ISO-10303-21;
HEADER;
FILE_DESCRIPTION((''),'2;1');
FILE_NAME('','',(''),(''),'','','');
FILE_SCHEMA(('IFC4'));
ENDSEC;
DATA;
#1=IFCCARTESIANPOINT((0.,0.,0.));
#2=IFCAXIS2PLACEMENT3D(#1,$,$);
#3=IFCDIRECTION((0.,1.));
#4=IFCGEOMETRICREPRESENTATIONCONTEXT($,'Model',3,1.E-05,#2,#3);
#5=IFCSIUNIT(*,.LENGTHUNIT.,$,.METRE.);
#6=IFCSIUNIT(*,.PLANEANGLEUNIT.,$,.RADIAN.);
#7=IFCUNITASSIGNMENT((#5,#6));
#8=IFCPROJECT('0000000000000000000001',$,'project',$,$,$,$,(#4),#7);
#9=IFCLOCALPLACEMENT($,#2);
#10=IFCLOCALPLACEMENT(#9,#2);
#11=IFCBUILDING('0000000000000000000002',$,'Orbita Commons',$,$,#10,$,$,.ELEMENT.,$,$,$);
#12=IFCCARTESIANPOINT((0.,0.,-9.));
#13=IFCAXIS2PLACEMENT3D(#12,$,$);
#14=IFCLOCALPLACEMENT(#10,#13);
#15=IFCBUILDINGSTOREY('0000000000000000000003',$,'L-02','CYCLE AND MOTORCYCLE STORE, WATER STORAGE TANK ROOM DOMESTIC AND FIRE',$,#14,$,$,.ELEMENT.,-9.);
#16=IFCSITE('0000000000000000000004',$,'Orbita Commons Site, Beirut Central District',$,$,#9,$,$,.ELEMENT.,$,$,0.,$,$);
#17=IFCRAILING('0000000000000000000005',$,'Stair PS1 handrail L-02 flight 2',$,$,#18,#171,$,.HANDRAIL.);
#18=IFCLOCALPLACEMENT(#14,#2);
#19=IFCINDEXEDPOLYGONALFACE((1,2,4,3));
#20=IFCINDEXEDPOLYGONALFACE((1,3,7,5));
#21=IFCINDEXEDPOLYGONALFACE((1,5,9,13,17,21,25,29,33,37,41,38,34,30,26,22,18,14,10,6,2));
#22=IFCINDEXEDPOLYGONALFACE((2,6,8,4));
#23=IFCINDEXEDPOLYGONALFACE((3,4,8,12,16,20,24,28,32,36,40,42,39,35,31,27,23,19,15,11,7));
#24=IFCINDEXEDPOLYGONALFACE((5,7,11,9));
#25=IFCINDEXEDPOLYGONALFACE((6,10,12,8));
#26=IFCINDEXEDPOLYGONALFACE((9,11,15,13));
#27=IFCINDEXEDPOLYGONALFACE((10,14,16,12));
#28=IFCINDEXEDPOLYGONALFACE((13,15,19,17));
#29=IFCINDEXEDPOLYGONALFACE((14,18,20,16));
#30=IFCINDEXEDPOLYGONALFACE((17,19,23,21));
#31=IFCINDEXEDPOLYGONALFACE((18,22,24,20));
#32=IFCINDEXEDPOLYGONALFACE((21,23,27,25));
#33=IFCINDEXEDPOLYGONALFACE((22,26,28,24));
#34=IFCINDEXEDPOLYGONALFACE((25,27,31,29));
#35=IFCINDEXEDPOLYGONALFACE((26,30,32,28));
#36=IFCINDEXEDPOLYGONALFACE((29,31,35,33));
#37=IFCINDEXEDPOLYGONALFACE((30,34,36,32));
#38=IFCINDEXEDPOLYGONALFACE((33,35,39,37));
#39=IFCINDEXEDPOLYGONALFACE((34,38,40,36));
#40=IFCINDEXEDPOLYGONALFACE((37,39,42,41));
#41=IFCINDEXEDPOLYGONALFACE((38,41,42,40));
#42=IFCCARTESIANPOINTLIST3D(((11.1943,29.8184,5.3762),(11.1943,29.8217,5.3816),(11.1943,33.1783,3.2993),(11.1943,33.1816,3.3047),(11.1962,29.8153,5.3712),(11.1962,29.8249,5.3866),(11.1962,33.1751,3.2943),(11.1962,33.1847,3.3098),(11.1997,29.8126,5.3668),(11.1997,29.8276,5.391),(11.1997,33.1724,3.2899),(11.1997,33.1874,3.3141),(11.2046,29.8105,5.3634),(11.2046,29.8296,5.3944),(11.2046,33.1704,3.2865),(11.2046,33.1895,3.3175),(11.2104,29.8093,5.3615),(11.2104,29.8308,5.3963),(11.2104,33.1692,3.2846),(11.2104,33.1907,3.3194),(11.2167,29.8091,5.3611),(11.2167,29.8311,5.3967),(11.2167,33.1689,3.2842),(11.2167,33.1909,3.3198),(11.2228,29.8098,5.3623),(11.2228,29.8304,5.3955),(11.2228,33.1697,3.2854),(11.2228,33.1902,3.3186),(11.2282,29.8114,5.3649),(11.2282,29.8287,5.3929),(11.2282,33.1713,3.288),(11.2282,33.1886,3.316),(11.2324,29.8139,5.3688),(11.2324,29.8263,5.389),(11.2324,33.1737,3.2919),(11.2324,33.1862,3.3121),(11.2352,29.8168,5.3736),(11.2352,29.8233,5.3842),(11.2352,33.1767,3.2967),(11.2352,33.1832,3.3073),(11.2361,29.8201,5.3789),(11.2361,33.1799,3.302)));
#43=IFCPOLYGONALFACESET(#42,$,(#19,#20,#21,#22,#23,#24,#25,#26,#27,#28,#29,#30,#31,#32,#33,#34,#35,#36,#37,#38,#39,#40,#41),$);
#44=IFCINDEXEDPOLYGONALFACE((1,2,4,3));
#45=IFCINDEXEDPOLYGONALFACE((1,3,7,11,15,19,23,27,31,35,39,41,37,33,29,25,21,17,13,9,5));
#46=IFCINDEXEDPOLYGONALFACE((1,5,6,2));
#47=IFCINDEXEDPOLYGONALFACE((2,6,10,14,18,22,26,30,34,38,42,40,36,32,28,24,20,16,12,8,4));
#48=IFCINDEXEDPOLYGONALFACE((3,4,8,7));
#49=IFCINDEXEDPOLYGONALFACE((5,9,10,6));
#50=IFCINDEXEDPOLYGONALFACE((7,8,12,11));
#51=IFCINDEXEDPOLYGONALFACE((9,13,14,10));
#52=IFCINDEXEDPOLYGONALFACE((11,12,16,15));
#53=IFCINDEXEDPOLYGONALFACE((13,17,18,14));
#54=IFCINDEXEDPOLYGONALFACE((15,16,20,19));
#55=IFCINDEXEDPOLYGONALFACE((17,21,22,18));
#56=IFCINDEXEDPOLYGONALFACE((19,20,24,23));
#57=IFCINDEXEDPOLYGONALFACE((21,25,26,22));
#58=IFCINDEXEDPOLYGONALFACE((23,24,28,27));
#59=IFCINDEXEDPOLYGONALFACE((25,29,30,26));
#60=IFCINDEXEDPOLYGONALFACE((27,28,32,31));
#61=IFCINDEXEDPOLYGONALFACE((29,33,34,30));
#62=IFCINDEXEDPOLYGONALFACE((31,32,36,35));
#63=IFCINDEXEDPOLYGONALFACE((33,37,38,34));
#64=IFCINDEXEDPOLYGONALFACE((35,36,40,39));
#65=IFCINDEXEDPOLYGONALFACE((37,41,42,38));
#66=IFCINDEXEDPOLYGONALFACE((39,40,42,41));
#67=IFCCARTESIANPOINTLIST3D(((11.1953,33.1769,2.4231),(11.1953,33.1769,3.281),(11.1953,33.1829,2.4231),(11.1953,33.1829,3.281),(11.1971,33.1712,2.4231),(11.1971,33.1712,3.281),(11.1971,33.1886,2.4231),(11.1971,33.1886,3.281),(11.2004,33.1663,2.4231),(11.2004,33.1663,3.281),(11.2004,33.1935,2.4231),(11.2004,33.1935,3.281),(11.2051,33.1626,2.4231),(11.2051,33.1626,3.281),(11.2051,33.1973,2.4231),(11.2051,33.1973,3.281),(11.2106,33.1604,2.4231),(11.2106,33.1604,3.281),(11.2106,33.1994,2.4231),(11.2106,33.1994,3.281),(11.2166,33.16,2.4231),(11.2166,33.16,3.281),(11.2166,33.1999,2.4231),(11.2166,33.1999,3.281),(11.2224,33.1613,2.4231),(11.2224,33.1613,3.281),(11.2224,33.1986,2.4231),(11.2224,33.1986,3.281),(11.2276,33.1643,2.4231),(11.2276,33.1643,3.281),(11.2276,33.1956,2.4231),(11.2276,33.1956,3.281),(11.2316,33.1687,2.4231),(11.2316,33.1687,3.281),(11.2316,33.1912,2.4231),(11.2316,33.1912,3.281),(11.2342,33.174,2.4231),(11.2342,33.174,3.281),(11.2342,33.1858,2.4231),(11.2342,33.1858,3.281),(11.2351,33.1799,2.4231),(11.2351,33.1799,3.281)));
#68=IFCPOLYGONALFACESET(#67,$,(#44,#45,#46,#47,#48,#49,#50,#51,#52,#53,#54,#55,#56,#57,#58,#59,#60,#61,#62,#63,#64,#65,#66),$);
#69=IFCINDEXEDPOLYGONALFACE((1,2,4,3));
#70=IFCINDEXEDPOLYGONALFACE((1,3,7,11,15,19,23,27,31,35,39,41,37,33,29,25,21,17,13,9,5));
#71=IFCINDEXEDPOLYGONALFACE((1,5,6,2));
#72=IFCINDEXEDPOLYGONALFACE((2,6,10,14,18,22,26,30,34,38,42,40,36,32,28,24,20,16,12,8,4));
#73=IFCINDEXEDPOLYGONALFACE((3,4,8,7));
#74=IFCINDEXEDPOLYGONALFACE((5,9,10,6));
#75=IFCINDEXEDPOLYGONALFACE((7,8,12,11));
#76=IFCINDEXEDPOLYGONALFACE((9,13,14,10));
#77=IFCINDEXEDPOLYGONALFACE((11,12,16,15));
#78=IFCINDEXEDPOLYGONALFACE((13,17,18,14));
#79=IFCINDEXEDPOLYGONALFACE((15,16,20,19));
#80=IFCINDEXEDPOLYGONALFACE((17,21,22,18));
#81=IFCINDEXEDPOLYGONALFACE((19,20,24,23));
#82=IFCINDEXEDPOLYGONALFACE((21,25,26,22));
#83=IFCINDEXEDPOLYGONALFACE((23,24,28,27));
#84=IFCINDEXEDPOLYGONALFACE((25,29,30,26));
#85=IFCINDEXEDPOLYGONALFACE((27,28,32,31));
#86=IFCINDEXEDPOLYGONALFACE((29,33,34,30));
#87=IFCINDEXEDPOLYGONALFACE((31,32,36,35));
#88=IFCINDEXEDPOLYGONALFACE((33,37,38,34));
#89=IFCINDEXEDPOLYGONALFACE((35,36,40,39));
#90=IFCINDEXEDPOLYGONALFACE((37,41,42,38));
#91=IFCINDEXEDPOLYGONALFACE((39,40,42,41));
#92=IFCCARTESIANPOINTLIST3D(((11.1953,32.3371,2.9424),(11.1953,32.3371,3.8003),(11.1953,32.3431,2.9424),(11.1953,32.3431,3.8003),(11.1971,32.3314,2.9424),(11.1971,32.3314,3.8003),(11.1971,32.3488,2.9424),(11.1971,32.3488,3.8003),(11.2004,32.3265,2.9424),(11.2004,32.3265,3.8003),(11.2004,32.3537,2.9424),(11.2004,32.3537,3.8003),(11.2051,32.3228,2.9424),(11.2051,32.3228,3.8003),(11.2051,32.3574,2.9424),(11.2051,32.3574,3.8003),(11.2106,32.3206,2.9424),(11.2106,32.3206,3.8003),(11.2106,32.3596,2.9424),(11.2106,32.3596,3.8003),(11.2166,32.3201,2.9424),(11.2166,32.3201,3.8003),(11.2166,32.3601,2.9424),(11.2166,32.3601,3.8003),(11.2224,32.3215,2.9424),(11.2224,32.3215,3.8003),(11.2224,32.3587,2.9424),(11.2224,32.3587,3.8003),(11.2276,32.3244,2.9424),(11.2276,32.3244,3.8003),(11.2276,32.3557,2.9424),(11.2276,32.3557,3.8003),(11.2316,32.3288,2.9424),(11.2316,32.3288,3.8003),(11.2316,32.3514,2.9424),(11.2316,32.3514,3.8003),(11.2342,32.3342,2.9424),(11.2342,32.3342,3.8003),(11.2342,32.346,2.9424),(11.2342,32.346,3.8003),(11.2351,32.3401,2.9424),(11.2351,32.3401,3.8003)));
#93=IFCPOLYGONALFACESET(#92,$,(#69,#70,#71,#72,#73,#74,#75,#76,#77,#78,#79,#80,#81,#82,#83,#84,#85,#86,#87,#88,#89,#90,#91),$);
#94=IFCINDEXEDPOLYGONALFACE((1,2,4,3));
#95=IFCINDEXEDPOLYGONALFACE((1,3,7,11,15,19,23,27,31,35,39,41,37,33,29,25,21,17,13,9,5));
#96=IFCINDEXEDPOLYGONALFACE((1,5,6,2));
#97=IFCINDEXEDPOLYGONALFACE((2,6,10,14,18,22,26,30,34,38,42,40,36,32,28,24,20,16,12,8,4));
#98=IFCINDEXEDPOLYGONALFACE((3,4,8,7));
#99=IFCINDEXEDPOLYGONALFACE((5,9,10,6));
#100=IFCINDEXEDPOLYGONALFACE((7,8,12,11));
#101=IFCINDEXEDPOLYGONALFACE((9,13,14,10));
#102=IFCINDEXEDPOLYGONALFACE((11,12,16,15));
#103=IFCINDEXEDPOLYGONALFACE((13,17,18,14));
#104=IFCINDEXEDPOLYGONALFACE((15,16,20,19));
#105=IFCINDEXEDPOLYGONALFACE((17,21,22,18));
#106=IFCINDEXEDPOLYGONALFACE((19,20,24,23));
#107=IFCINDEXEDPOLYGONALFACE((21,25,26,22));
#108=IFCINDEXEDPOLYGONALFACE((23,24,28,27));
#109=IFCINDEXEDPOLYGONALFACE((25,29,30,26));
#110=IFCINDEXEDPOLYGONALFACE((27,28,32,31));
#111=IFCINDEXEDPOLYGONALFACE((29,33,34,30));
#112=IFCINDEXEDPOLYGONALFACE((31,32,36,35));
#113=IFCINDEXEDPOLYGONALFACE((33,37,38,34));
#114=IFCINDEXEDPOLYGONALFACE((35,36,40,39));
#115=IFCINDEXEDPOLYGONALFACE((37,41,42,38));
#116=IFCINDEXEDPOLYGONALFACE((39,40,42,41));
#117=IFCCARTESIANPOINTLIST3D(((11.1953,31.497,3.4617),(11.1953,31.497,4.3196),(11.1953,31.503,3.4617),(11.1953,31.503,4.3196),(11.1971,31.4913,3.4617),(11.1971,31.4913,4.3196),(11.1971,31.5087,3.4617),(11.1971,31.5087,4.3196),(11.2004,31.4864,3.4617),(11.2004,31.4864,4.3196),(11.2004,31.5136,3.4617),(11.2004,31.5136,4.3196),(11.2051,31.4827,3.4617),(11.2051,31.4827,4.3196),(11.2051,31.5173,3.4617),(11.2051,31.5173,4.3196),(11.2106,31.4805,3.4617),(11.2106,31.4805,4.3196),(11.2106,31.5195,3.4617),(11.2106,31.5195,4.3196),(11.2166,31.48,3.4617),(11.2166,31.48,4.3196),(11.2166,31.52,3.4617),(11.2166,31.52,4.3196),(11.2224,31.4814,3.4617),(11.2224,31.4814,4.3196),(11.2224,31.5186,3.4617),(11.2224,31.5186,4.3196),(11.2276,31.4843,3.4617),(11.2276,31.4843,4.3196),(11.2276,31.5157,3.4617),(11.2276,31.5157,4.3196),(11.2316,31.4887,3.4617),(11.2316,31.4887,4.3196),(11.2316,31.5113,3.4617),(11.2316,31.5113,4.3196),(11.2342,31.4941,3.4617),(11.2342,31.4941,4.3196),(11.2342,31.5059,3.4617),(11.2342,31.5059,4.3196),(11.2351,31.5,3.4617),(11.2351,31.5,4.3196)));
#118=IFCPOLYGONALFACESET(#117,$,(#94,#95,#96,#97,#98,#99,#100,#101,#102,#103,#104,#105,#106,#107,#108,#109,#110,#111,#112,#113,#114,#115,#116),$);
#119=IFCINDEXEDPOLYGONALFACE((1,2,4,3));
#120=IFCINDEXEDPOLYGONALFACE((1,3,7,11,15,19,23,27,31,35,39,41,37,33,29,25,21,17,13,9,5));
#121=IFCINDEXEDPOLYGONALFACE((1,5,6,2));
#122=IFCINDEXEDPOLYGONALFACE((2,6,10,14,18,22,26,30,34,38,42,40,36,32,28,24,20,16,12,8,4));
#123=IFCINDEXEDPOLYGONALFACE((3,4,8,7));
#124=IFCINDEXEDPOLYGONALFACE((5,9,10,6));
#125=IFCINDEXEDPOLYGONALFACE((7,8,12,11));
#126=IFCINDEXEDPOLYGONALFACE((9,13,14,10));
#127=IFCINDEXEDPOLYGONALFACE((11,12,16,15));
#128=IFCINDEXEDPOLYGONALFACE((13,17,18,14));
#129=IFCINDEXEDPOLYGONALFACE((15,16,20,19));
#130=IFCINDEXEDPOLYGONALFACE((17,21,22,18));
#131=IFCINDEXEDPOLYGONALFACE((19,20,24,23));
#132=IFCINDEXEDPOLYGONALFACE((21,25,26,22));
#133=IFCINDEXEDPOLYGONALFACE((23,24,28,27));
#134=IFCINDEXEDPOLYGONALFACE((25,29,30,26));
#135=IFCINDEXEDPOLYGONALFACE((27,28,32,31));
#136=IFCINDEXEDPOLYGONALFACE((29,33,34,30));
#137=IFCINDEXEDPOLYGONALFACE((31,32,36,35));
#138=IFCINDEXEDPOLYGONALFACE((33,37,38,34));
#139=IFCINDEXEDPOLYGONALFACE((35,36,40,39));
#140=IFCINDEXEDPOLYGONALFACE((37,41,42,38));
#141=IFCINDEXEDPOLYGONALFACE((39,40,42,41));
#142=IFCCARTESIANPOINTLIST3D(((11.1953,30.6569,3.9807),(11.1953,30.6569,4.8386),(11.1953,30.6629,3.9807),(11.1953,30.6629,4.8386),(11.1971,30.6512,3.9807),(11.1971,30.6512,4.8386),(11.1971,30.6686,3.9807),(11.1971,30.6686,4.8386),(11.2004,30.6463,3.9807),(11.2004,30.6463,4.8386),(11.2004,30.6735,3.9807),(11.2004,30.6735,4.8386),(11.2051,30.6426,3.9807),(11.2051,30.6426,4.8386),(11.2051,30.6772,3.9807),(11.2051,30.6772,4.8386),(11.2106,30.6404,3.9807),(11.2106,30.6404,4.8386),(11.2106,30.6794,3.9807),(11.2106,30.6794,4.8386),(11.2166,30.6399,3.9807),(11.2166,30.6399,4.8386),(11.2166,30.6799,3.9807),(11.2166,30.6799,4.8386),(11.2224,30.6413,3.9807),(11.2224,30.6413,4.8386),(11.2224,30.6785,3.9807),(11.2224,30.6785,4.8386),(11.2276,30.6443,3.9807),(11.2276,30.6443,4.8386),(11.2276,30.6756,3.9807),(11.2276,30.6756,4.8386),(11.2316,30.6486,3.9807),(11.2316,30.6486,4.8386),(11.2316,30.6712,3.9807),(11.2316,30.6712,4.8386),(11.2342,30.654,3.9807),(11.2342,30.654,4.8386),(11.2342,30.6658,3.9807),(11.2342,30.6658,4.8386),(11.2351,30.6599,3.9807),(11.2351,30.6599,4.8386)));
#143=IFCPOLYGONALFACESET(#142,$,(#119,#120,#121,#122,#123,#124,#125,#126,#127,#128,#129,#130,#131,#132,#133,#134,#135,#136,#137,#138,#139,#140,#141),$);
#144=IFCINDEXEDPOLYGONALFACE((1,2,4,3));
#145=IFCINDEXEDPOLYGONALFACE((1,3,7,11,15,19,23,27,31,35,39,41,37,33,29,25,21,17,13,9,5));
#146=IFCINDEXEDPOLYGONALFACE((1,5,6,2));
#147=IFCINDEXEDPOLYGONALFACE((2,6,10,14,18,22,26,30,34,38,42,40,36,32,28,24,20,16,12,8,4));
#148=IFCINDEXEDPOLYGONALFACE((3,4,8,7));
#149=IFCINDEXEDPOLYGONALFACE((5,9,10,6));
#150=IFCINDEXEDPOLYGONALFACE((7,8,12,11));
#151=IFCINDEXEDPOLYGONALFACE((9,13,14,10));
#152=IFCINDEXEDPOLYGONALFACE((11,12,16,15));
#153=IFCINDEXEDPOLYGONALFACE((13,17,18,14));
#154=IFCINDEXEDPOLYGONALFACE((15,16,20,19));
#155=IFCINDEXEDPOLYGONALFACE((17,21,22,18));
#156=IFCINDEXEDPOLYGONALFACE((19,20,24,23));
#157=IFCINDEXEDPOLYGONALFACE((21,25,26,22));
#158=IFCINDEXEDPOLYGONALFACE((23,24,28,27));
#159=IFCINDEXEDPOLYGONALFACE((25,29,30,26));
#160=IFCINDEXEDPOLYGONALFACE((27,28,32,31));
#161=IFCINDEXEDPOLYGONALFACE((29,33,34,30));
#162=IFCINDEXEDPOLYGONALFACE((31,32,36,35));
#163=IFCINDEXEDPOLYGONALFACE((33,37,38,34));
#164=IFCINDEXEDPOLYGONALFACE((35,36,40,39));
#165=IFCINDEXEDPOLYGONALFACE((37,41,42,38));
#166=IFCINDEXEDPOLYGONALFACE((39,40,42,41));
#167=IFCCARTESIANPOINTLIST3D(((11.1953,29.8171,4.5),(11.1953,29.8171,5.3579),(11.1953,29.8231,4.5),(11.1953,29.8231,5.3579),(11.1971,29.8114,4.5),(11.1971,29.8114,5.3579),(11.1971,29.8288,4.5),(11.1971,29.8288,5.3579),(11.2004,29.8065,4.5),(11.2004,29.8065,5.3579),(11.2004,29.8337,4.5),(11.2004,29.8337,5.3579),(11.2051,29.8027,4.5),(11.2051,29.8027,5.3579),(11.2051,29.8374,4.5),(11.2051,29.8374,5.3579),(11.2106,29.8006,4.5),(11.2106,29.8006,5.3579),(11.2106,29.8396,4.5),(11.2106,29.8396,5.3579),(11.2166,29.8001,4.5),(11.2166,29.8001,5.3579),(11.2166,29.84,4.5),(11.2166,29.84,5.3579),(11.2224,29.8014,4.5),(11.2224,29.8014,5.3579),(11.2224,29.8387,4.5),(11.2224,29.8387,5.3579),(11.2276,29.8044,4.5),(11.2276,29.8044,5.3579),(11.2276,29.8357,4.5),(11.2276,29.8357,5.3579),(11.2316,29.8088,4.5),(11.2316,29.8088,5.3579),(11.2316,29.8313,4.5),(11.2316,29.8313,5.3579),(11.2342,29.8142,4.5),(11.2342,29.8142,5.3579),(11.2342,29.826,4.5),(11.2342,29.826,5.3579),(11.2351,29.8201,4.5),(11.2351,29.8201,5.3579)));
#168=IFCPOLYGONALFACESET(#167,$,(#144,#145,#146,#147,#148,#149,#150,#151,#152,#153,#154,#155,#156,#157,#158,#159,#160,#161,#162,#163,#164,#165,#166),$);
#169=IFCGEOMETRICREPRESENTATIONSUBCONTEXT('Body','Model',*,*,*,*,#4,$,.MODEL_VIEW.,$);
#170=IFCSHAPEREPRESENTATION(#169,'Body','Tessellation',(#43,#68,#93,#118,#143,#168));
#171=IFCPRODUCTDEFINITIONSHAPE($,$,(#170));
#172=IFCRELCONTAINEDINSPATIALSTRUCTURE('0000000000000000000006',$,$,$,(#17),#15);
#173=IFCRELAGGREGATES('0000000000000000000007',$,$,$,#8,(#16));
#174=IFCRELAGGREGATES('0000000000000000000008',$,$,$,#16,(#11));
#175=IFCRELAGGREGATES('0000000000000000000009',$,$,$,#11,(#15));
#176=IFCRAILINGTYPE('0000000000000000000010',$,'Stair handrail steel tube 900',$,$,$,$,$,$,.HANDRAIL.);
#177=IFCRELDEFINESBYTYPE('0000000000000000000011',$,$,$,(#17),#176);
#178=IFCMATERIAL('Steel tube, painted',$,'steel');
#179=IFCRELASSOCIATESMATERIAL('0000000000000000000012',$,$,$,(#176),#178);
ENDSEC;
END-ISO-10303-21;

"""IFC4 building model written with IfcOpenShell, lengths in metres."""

from ifc_helpers import new_model, si_unit, direction, frame, origin, origin_2d, place, context, subcontext, project, spatial, circle, extrude, material, type_object, element, save


model = new_model("IFC4")

# Units and contexts
model_context = context("Model", 3, precision=1e-05, world=origin(), true_north=direction((0.0, 1.0)))
body_context = subcontext(model_context, "Body", "Model", "MODEL_VIEW")
ifc_project = project(units=[si_unit("LENGTHUNIT", "METRE"), si_unit("PLANEANGLEUNIT", "RADIAN")], contexts=[model_context])

# Site, building, storey
site_placement = place(None, origin())
site = spatial("IfcSite", under=ifc_project, at=site_placement, Name="Orbita Commons Site, Beirut Central District", CompositionType="ELEMENT", RefElevation=0.0)
building_placement = place(site_placement, origin())
building = spatial("IfcBuilding", under=site, at=building_placement, Name="Orbita Commons", CompositionType="ELEMENT")
storey_placement = place(building_placement, frame((0.0, 0.0, -9.0)))
storey = spatial("IfcBuildingStorey", under=building, at=storey_placement, Name="L-02", Description="CYCLE AND MOTORCYCLE STORE, WATER STORAGE TANK ROOM DOMESTIC AND FIRE", CompositionType="ELEMENT", Elevation=-9.0)

# Railing
ifc_material_1 = material(Name="Steel tube, painted", Category="steel")
railing_type_1 = type_object("IfcRailingType", Name="Stair handrail steel tube 900", PredefinedType="HANDRAIL", material=ifc_material_1)
for number, where, name in (
    (1, (11.2151, 33.1799, 2.4231), "Stair PS1 handrail L-02 flight 2"),
):
    element("IfcRailing", number, at=place(storey_placement, frame(where)), inside=storey, type_object=railing_type_1, Name=name, PredefinedType="HANDRAIL", context=body_context, shape_type="SweptSolid", body=[
        extrude(circle(Radius=0.021, at=origin_2d()), frame((0.0, 0.0, 0.8789), z_axis=(0.0, -0.850606, 0.525803), x_axis=(1.0, 0.0, 0.0)), (0.0, 0.0, 1.0), 3.95),
        extrude(circle(Radius=0.02, at=origin_2d()), origin(), (0.0, 0.0, 1.0), 0.8579),
        extrude(circle(Radius=0.02, at=origin_2d()), frame((0.0, -0.8398, 0.5193)), (0.0, 0.0, 1.0), 0.8579),
        extrude(circle(Radius=0.02, at=origin_2d()), frame((0.0, -1.6799, 1.0386)), (0.0, 0.0, 1.0), 0.8579),
        extrude(circle(Radius=0.02, at=origin_2d()), frame((0.0, -2.52, 1.5576)), (0.0, 0.0, 1.0), 0.8579),
        extrude(circle(Radius=0.02, at=origin_2d()), frame((0.0, -3.3599, 2.0769)), (0.0, 0.0, 1.0), 0.8579),
    ])

save(model, "model.ifc")
